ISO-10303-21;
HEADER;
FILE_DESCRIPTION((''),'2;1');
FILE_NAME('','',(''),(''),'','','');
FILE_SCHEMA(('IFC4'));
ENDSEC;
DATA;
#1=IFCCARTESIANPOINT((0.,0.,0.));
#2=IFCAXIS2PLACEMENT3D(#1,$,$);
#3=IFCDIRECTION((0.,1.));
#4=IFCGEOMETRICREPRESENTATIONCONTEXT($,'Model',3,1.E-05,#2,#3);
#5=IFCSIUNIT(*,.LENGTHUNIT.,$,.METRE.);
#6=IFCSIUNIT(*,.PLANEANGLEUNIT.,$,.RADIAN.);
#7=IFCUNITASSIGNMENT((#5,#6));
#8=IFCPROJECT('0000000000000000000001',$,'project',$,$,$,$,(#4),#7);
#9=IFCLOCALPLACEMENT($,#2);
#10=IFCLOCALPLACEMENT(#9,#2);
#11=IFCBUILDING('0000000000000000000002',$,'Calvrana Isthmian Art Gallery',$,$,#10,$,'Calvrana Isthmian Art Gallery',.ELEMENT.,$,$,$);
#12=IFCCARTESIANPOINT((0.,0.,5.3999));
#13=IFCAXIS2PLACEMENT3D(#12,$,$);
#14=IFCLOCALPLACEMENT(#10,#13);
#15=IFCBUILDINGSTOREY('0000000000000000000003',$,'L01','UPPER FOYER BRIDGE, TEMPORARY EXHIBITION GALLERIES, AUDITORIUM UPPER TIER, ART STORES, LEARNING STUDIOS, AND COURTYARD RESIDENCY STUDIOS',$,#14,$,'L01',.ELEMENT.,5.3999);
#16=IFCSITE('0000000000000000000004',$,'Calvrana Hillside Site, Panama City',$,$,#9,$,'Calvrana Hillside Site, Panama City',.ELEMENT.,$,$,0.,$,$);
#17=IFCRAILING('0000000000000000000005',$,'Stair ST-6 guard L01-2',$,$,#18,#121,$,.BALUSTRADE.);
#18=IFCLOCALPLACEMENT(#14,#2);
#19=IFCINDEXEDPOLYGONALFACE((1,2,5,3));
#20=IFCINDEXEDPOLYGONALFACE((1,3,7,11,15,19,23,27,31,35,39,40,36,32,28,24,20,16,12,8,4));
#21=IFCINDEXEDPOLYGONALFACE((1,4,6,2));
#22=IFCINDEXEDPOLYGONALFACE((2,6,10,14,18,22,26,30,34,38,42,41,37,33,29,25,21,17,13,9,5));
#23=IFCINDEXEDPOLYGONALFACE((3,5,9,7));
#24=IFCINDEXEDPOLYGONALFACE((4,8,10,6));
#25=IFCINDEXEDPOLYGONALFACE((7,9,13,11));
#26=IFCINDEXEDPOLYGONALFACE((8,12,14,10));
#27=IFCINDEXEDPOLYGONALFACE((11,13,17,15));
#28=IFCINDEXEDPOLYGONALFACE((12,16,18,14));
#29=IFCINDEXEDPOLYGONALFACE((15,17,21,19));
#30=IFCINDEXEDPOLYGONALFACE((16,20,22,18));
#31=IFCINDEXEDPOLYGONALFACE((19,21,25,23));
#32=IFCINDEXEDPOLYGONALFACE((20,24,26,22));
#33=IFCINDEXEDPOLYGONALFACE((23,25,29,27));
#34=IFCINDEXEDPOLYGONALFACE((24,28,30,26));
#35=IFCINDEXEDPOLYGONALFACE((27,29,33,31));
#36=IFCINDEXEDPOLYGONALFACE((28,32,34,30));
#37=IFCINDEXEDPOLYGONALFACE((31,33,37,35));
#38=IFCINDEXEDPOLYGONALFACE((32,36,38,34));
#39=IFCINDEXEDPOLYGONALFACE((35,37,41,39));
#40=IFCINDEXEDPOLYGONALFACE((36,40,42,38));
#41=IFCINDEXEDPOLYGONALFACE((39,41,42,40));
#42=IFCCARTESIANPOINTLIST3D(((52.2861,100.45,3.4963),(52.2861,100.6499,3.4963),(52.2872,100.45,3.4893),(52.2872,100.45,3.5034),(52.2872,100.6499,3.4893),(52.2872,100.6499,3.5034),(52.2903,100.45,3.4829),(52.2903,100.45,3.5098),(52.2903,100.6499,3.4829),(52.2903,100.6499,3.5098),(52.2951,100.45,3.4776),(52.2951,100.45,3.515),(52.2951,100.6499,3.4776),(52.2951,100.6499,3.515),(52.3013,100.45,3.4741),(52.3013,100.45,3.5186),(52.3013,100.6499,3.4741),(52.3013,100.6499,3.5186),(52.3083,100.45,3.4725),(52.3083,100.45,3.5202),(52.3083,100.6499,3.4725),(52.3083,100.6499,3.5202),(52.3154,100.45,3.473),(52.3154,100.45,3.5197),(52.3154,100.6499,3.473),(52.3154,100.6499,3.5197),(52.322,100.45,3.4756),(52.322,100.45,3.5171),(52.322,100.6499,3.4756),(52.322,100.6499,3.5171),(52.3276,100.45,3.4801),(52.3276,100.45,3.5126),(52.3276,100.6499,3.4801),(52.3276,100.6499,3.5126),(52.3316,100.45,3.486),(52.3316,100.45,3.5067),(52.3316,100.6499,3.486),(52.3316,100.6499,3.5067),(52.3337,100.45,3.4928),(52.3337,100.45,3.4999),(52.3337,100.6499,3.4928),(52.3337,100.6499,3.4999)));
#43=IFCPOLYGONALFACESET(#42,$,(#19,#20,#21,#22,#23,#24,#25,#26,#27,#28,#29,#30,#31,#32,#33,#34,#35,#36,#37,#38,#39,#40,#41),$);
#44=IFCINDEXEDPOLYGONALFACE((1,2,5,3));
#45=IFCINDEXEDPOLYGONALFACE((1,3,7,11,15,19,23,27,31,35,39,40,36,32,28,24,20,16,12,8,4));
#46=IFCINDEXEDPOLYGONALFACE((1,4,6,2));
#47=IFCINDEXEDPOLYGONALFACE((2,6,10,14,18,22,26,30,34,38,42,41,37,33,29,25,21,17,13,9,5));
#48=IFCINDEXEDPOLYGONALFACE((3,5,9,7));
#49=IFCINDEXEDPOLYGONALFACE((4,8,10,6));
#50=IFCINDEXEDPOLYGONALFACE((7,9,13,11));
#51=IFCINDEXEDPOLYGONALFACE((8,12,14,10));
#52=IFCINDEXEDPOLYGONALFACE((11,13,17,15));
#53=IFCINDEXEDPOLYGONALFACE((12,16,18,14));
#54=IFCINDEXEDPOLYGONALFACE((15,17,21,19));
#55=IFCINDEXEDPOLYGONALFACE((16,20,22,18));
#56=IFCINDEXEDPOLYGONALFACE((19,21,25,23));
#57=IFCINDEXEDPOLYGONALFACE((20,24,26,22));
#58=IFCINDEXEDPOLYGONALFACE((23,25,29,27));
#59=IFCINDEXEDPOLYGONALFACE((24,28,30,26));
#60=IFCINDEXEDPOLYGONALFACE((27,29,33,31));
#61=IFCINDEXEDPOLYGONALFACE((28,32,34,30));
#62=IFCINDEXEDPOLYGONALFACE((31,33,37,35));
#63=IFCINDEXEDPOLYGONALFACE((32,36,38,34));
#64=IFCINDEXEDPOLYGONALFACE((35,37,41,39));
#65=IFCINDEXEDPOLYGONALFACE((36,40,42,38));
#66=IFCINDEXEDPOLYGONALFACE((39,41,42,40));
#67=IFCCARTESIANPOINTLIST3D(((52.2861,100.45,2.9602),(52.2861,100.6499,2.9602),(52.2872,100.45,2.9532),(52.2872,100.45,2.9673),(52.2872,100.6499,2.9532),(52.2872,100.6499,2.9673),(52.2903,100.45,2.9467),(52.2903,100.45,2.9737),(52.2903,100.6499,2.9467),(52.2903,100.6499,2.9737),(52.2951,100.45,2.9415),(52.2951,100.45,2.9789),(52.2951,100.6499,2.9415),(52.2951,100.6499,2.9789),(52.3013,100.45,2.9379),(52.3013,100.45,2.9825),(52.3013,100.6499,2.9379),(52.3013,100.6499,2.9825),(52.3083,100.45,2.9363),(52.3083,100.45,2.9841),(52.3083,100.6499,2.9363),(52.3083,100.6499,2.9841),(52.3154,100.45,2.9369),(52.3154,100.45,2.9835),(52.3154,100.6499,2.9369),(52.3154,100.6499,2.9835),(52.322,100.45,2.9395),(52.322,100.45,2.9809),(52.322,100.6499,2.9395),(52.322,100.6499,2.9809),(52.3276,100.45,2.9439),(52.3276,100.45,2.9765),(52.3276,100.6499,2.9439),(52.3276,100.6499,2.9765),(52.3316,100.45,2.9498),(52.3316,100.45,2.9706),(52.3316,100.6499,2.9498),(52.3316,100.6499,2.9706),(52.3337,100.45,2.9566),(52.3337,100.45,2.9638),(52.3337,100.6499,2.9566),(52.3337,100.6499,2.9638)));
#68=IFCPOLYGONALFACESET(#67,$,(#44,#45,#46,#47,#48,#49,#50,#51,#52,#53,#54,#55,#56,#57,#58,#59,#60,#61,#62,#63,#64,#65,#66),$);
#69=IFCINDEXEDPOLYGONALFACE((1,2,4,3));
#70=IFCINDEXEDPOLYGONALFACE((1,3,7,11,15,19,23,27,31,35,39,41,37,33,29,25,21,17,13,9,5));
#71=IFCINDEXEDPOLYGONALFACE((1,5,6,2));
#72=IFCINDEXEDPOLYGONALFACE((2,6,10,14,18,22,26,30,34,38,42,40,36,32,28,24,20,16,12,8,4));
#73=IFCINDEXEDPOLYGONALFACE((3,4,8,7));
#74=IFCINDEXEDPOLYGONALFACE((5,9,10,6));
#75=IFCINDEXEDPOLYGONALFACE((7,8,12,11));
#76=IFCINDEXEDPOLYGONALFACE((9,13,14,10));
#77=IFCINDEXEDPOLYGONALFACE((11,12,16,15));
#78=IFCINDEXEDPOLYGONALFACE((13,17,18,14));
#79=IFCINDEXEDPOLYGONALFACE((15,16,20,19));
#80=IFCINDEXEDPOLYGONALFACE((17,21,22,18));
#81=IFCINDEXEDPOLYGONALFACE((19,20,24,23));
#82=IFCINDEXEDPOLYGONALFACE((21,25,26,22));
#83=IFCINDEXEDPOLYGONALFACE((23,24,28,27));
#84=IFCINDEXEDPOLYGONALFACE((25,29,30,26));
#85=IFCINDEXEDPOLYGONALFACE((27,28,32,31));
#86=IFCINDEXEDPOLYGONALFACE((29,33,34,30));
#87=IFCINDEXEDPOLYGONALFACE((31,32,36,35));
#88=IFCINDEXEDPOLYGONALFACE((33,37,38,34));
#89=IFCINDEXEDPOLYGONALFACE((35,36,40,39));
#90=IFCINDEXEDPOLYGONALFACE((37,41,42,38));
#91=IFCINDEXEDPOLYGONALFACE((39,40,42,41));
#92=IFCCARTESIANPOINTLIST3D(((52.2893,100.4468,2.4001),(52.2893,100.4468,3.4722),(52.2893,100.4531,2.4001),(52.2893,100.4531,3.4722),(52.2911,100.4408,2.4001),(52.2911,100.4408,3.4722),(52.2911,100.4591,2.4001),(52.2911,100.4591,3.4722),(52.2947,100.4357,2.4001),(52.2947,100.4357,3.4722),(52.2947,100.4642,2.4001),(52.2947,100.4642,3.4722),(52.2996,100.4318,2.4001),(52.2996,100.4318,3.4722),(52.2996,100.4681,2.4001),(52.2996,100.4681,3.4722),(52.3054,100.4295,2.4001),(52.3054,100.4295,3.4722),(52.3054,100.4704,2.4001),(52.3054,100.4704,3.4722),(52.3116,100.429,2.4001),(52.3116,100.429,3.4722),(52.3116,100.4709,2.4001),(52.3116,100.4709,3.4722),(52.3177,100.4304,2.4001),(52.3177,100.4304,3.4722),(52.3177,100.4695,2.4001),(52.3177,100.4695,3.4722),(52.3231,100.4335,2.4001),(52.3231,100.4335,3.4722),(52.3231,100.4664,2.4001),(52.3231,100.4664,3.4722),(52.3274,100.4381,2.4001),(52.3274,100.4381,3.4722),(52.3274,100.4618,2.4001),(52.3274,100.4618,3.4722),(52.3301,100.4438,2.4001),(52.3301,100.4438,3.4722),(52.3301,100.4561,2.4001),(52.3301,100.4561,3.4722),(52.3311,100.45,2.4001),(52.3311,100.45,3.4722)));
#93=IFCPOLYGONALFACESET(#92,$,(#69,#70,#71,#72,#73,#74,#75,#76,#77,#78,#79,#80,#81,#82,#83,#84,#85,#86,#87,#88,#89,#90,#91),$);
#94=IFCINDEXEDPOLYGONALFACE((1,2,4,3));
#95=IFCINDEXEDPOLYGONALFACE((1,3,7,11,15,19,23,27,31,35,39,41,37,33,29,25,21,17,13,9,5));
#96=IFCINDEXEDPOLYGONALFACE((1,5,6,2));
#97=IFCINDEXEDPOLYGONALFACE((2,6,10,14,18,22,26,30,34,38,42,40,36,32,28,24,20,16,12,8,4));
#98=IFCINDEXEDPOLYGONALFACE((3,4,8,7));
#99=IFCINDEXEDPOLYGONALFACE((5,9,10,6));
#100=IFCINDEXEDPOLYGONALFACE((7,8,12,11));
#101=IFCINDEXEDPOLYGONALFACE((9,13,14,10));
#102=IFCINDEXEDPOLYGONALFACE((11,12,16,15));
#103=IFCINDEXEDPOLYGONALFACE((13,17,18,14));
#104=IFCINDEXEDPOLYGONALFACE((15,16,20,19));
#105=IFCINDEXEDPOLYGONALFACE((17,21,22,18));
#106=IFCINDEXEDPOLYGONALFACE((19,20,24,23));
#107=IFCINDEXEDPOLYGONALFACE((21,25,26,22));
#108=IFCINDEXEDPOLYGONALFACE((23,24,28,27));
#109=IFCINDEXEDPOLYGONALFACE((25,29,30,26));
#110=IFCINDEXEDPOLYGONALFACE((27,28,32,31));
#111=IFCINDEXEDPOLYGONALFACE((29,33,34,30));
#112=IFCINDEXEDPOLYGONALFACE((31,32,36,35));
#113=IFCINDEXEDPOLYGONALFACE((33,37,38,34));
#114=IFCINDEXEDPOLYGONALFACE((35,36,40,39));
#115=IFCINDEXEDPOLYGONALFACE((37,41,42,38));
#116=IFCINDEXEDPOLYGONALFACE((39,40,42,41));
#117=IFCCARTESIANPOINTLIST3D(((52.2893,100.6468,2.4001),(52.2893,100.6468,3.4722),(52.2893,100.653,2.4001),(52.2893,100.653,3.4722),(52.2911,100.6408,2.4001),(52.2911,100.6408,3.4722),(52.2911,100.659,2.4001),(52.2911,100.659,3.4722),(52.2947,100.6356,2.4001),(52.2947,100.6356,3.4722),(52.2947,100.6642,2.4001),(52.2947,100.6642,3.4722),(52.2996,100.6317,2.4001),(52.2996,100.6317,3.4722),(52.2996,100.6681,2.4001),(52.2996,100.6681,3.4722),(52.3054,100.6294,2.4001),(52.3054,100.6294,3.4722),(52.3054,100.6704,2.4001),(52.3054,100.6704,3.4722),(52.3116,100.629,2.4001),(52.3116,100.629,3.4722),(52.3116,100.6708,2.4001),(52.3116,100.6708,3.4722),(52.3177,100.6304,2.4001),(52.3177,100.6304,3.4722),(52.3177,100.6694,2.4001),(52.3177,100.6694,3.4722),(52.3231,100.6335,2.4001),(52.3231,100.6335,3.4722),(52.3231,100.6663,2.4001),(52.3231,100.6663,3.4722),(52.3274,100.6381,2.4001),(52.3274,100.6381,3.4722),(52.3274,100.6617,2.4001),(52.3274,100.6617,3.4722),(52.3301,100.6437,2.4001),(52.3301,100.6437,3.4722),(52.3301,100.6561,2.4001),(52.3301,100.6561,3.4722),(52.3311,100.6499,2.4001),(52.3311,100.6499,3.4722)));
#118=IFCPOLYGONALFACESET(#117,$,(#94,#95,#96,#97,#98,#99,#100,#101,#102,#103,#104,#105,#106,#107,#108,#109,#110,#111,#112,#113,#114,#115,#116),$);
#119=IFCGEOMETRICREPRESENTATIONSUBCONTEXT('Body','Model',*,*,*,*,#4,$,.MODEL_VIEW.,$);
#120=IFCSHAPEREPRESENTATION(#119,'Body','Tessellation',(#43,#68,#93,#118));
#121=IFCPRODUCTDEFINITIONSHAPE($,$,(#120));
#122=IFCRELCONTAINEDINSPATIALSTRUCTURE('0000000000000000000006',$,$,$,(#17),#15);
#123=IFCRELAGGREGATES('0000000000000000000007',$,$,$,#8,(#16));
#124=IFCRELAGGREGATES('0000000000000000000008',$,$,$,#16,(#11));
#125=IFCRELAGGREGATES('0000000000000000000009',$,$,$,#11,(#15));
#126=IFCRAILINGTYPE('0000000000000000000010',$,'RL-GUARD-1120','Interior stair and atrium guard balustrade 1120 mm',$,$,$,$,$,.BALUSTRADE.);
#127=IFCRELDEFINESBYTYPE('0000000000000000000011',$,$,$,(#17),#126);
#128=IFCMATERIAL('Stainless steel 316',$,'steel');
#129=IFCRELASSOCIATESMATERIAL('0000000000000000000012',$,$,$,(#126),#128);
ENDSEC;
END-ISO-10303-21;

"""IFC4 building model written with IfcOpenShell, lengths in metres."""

from ifc_helpers import new_model, si_unit, direction, frame, origin, origin_2d, place, context, subcontext, project, spatial, circle, extrude, material, type_object, element, save


model = new_model("IFC4")

# Units and contexts
model_context = context("Model", 3, precision=1e-05, world=origin(), true_north=direction((0.0, 1.0)))
body_context = subcontext(model_context, "Body", "Model", "MODEL_VIEW")
ifc_project = project(units=[si_unit("LENGTHUNIT", "METRE"), si_unit("PLANEANGLEUNIT", "RADIAN")], contexts=[model_context])

# Site, building, storey
site_placement = place(None, origin())
site = spatial("IfcSite", under=ifc_project, at=site_placement, Name="Calvrana Hillside Site, Panama City", LongName="Calvrana Hillside Site, Panama City", CompositionType="ELEMENT", RefElevation=0.0)
building_placement = place(site_placement, origin())
building = spatial("IfcBuilding", under=site, at=building_placement, Name="Calvrana Isthmian Art Gallery", LongName="Calvrana Isthmian Art Gallery", CompositionType="ELEMENT")
storey_placement = place(building_placement, frame((0.0, 0.0, 5.3999)))
storey = spatial("IfcBuildingStorey", under=building, at=storey_placement, Name="L01", Description="UPPER FOYER BRIDGE, TEMPORARY EXHIBITION GALLERIES, AUDITORIUM UPPER TIER, ART STORES, LEARNING STUDIOS, AND COURTYARD RESIDENCY STUDIOS", LongName="L01", CompositionType="ELEMENT", Elevation=5.3999)

# Railing
ifc_material_1 = material(Name="Stainless steel 316", Category="steel")
railing_type_1 = type_object("IfcRailingType", Name="RL-GUARD-1120", Description="Interior stair and atrium guard balustrade 1120 mm", PredefinedType="BALUSTRADE", material=ifc_material_1)
railing_1_placement = place(storey_placement, frame((52.3101, 100.45, 2.4001)))
element("IfcRailing", 1, at=railing_1_placement, inside=storey, type_object=railing_type_1, Name="Stair ST-6 guard L01-2", PredefinedType="BALUSTRADE", context=body_context, shape_type="SweptSolid", body=[
    extrude(circle(Radius=0.0239, at=origin_2d()), frame((0.0, 0.0, 1.0962), z_axis=(0.0, 1.0, 0.0), x_axis=(-1.0, 0.0, 0.0)), (0.0, 0.0, 1.0), 0.2),
    extrude(circle(Radius=0.0239, at=origin_2d()), frame((0.0, 0.0, 0.5601), z_axis=(0.0, 1.0, 0.0), x_axis=(-1.0, 0.0, 0.0)), (0.0, 0.0, 1.0), 0.2),
    extrude(circle(Radius=0.021, at=origin_2d()), origin(), (0.0, 0.0, 1.0), 1.072),
    extrude(circle(Radius=0.021, at=origin_2d()), frame((0.0, 0.2, 0.0)), (0.0, 0.0, 1.0), 1.072),
])

save(model, "model.ifc")
